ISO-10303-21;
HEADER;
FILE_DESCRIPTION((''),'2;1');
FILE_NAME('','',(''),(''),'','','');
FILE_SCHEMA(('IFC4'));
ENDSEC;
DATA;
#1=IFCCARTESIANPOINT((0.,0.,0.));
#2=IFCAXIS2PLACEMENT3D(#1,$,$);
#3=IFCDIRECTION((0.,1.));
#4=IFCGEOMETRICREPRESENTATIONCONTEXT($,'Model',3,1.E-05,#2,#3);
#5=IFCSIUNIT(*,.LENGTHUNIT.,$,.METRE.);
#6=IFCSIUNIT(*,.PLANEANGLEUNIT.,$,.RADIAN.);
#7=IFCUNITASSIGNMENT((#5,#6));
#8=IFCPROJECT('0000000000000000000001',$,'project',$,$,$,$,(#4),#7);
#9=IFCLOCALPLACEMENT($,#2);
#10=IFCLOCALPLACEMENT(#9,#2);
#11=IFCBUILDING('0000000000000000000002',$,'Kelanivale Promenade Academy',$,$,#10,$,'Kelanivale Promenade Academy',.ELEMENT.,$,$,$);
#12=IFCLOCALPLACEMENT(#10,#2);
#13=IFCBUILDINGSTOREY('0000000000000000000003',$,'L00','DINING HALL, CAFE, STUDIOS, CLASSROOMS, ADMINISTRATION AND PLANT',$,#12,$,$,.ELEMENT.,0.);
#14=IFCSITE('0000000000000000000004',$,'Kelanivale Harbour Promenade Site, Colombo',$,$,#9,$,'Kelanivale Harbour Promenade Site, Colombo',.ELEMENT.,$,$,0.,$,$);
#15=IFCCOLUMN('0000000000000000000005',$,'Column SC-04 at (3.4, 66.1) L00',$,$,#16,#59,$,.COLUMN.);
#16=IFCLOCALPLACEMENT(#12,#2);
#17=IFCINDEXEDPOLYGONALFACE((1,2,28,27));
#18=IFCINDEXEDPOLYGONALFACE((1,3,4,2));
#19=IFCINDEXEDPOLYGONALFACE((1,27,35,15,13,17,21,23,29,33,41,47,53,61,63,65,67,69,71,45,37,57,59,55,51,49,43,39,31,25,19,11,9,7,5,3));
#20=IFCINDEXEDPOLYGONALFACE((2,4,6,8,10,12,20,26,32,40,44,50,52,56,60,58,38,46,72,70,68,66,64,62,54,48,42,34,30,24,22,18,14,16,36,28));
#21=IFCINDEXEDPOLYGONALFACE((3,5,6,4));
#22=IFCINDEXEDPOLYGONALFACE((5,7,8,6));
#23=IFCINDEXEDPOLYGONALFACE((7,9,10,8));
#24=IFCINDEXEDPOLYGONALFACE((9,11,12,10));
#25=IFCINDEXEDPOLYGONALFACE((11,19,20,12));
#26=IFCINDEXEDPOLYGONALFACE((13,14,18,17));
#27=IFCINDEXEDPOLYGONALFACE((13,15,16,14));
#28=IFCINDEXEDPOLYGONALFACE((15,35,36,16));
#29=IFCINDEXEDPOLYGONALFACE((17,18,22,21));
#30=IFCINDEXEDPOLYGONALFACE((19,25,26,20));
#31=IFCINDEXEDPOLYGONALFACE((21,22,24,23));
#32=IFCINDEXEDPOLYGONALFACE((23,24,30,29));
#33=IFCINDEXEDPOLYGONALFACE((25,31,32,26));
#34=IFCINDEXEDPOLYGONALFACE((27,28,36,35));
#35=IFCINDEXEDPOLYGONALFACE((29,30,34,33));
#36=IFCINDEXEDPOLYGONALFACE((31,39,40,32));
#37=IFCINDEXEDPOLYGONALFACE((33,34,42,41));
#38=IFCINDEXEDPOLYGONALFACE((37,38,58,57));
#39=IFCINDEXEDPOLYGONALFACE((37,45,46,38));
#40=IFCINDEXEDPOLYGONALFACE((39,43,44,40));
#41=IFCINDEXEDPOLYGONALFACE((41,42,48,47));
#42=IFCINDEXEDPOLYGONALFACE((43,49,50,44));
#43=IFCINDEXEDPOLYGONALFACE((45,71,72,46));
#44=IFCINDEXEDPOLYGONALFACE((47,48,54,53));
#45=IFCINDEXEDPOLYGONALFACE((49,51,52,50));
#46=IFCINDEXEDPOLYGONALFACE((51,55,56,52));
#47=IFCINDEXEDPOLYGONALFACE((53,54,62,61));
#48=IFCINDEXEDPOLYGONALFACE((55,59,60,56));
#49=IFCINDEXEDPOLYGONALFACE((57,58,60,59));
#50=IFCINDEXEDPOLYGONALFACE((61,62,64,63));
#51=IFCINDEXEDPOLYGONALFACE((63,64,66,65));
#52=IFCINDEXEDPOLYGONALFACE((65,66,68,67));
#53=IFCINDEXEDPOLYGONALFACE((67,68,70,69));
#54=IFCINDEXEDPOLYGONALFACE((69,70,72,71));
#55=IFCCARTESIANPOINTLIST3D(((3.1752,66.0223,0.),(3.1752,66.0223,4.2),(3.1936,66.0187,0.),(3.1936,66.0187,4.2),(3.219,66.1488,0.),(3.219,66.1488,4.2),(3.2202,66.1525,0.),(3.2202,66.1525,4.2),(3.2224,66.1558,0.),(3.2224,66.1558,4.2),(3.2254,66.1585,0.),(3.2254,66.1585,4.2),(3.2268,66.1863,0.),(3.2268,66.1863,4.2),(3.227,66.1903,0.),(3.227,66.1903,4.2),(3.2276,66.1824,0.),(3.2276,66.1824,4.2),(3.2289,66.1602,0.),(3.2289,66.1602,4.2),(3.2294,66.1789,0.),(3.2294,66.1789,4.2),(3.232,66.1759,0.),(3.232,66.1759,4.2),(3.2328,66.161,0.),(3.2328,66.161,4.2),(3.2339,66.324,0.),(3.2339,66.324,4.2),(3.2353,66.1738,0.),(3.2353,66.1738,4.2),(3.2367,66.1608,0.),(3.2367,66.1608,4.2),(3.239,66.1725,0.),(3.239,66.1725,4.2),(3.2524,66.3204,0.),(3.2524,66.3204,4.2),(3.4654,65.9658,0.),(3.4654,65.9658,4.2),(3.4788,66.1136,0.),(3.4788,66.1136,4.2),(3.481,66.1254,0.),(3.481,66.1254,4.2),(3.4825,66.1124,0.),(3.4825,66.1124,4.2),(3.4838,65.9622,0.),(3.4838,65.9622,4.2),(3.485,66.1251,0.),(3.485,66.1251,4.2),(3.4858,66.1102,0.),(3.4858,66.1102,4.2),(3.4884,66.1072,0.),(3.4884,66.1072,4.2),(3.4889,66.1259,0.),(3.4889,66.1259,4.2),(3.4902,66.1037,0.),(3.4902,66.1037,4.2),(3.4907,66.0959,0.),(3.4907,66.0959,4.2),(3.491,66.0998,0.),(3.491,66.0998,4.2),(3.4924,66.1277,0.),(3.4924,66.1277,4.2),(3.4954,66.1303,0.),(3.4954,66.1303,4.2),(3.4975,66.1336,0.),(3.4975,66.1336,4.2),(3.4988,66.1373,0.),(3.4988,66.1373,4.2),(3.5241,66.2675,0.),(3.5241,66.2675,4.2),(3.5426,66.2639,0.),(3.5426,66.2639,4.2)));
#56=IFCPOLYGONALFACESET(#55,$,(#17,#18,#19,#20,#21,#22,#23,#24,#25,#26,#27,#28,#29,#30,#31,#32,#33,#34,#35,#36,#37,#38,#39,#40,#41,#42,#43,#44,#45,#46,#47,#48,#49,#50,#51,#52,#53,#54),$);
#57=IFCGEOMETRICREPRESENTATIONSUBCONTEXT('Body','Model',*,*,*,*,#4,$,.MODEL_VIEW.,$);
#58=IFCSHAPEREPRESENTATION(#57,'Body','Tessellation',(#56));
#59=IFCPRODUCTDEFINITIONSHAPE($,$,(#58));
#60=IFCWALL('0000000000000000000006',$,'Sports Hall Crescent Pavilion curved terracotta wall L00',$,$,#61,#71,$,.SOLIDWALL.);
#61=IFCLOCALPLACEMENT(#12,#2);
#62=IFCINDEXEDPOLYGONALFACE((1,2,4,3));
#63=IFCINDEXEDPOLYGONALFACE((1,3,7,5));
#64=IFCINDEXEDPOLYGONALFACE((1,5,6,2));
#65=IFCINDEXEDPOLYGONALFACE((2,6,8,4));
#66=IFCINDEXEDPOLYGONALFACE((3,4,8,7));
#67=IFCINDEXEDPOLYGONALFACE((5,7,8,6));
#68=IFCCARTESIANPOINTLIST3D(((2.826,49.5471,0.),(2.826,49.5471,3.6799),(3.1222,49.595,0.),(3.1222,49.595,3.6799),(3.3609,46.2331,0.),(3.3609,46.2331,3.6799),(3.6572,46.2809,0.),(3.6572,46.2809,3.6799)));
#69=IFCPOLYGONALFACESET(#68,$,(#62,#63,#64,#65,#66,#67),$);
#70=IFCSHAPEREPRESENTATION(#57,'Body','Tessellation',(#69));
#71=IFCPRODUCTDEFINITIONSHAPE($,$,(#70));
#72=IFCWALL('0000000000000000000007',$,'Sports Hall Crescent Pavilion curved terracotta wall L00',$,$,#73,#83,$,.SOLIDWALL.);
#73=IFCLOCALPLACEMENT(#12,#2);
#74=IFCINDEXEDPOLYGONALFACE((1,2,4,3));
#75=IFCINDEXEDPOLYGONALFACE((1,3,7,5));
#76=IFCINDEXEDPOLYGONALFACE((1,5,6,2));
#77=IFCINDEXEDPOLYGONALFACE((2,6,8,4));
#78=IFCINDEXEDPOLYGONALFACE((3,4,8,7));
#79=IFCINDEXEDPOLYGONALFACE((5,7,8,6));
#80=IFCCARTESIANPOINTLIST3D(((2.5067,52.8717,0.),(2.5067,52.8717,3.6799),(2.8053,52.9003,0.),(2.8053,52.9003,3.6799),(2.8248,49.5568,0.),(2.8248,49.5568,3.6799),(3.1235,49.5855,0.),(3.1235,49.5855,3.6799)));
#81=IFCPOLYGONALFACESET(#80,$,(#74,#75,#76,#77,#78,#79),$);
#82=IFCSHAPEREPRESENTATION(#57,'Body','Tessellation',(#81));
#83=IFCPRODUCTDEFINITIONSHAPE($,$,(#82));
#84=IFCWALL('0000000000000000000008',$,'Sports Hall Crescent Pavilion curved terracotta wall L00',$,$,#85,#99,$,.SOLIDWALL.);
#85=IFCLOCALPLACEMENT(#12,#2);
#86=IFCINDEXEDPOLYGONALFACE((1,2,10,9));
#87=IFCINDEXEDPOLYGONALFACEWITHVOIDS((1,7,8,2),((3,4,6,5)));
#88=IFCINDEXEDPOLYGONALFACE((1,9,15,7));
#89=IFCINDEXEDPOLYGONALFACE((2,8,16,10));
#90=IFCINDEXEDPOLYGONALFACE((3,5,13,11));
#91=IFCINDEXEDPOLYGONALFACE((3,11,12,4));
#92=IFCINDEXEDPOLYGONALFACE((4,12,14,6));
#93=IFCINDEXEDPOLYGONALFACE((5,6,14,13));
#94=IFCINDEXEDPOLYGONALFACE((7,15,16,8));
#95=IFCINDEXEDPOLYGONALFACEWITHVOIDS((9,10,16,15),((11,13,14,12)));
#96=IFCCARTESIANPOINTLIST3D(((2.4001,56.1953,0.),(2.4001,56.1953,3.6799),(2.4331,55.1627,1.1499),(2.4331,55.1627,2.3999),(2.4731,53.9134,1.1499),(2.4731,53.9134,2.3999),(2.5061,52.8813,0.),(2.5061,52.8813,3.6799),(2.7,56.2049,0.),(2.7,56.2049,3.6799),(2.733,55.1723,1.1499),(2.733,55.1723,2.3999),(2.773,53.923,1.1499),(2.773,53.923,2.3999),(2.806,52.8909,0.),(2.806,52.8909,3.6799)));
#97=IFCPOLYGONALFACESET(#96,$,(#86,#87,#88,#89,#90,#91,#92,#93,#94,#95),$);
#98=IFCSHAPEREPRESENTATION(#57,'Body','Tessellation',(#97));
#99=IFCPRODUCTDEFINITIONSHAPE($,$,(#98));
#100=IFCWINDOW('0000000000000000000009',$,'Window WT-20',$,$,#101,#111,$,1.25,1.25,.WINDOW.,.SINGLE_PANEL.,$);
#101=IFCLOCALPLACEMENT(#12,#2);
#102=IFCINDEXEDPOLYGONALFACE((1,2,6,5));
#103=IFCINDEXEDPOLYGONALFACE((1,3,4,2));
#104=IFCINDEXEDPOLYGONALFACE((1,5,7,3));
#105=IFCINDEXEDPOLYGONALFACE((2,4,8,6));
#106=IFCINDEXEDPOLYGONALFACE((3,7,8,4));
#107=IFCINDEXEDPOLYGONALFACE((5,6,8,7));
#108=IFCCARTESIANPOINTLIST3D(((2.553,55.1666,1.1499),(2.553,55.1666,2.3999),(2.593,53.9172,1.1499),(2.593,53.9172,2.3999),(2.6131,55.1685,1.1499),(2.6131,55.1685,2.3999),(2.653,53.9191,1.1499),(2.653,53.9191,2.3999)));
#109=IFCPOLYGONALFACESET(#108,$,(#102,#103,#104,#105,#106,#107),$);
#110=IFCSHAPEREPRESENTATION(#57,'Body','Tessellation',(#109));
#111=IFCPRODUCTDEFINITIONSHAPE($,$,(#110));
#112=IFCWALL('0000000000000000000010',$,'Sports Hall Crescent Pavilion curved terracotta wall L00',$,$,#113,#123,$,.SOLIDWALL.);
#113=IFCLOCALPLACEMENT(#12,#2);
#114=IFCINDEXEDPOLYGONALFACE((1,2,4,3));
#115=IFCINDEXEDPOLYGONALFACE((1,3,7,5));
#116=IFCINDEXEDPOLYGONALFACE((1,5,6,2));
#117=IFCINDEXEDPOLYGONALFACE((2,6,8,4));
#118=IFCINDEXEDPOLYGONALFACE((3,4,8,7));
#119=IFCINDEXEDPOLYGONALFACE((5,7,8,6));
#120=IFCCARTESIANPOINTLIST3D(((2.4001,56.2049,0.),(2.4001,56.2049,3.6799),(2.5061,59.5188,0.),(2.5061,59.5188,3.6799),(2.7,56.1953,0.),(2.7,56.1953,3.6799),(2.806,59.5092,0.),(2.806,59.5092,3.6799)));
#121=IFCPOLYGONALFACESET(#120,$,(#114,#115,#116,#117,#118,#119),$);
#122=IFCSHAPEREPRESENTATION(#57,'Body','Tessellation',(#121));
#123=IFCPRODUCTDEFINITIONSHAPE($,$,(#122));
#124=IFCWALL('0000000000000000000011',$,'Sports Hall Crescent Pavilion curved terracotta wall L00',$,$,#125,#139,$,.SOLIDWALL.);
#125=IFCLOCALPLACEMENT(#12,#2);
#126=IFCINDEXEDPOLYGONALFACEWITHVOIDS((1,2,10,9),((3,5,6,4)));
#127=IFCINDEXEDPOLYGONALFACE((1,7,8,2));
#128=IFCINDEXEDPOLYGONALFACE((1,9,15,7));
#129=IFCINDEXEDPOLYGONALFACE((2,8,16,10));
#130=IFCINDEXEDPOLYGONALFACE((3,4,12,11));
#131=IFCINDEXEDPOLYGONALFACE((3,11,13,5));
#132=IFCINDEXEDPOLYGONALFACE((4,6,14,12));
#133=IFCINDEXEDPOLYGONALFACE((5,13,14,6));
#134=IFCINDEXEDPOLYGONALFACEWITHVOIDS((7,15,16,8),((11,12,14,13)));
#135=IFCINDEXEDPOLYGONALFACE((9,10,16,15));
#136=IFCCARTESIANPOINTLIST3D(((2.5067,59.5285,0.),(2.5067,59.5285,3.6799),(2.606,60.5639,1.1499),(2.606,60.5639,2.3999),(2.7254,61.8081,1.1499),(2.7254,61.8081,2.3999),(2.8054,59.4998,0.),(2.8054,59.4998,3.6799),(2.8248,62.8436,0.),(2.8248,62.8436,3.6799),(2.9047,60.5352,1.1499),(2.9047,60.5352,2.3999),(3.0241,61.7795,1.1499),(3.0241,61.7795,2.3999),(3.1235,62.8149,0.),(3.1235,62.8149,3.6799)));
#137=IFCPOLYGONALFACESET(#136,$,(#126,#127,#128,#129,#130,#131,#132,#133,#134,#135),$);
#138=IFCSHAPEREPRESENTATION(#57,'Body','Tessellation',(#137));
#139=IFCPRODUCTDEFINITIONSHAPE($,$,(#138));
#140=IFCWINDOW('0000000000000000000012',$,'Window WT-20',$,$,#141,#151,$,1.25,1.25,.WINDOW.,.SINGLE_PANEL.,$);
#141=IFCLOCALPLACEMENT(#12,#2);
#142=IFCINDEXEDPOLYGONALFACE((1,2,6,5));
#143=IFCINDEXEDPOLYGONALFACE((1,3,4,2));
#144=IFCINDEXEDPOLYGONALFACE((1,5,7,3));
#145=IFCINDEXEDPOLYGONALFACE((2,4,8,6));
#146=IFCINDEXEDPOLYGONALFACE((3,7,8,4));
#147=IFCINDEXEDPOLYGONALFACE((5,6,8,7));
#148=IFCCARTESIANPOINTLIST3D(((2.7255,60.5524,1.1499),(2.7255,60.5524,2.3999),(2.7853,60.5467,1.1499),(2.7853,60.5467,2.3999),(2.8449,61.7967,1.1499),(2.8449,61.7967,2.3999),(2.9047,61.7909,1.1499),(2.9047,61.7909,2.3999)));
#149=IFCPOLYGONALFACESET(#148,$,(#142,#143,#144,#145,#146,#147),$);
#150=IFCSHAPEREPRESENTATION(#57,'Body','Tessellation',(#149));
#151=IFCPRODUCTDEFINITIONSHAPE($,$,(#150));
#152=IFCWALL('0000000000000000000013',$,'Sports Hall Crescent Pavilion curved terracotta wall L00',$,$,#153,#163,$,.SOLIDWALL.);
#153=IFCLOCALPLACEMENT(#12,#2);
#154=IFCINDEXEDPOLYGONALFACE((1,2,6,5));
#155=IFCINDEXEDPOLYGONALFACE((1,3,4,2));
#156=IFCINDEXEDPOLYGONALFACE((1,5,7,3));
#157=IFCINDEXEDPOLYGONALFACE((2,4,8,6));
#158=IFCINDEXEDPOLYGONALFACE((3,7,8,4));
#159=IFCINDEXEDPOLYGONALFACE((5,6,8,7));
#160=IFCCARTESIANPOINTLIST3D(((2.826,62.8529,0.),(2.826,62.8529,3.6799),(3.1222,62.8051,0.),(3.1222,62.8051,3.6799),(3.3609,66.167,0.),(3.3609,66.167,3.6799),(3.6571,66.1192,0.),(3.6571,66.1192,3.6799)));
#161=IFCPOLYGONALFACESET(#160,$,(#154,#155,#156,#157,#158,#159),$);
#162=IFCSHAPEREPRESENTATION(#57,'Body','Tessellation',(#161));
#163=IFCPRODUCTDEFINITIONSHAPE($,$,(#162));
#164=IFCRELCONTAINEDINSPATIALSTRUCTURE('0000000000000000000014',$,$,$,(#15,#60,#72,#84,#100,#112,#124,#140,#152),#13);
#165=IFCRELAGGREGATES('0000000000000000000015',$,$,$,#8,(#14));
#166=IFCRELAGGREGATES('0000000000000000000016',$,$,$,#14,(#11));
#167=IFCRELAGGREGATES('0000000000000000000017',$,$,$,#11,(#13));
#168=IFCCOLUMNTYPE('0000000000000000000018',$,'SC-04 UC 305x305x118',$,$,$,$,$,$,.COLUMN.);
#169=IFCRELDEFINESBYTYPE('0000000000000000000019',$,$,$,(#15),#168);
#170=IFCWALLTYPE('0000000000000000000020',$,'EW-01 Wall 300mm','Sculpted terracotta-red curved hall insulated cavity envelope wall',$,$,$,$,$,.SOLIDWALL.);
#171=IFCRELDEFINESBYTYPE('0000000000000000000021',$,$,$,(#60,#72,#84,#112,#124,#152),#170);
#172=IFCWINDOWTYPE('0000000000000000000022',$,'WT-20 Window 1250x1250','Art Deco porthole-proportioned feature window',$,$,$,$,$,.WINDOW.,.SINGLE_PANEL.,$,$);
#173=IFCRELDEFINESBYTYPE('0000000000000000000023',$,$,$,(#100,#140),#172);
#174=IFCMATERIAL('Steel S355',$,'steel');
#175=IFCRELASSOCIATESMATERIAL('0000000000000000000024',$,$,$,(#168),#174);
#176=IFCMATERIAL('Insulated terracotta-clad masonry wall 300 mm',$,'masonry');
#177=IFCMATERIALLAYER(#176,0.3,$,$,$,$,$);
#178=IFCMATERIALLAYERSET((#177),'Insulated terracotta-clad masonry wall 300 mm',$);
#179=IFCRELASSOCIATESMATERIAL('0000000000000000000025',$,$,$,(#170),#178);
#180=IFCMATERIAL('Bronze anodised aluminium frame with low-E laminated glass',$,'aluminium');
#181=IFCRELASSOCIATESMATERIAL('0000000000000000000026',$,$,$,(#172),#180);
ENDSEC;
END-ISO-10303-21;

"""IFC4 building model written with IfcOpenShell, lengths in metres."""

from ifc_helpers import new_model, si_unit, direction, frame, frame_2d, origin, origin_2d, place, context, subcontext, project, spatial, rectangle, i_section, extrude, material, layer, layer_set, material_profile, profile_set, type_object, element, fill, save


model = new_model("IFC4")

# Units and contexts
model_context = context("Model", 3, precision=1e-05, world=origin(), true_north=direction((0.0, 1.0)))
body_context = subcontext(model_context, "Body", "Model", "MODEL_VIEW")
ifc_project = project(units=[si_unit("LENGTHUNIT", "METRE"), si_unit("PLANEANGLEUNIT", "RADIAN")], contexts=[model_context])

# Site, building, storey
site_placement = place(None, origin())
site = spatial("IfcSite", under=ifc_project, at=site_placement, Name="Kelanivale Harbour Promenade Site, Colombo", LongName="Kelanivale Harbour Promenade Site, Colombo", CompositionType="ELEMENT", RefElevation=0.0)
building_placement = place(site_placement, origin())
building = spatial("IfcBuilding", under=site, at=building_placement, Name="Kelanivale Promenade Academy", LongName="Kelanivale Promenade Academy", CompositionType="ELEMENT")
storey_placement = place(building_placement, origin())
storey = spatial("IfcBuildingStorey", under=building, at=storey_placement, Name="L00", Description="DINING HALL, CAFE, STUDIOS, CLASSROOMS, ADMINISTRATION AND PLANT", CompositionType="ELEMENT", Elevation=0.0)

# Column
ifc_material_1 = material(Name="Steel S355", Category="steel")
ifc_material_profile_1 = material_profile(ifc_material_1, i_section(OverallWidth=0.3074, OverallDepth=0.3145, WebThickness=0.012, FlangeThickness=0.0188, FilletRadius=0.0151, at=origin_2d()), Name="UC 305x305x118")
ifc_profile_set_1 = profile_set([ifc_material_profile_1], Name="Steel S355")
column_type_1 = type_object("IfcColumnType", Name="SC-04 UC 305x305x118", PredefinedType="COLUMN", material=ifc_profile_set_1)
for number, where, z_axis, x_axis, name in (
    (1, (3.3589, 66.1431, 0.0), (0.0, 0.0, 1.0), (0.191152, 0.981561, 0.0), "Column SC-04 at (3.4, 66.1) L00"),
):
    element("IfcColumn", number, at=place(storey_placement, frame(where, z_axis=z_axis, x_axis=x_axis)), inside=storey, type_object=column_type_1, Name=name, PredefinedType="COLUMN", context=body_context, shape_type="SweptSolid", body=[
        extrude(i_section(OverallWidth=0.3074, OverallDepth=0.3145, WebThickness=0.012, FlangeThickness=0.0188, FilletRadius=0.0151, at=origin_2d()), origin(), (0.0, 0.0, 1.0), 4.2),
    ])

# Walls
ifc_material_2 = material(Name="Insulated terracotta-clad masonry wall 300 mm", Category="masonry")
ifc_layer = layer(ifc_material_2, 0.3)
ifc_layer_set = layer_set([ifc_layer], Name="Insulated terracotta-clad masonry wall 300 mm")
wall_type = type_object("IfcWallType", Name="EW-01 Wall 300mm", Description="Sculpted terracotta-red curved hall insulated cavity envelope wall", PredefinedType="SOLIDWALL", material=ifc_layer_set)
wall_1_placement = place(storey_placement, frame((2.9741, 49.571, 0.0), z_axis=(0.0, 0.0, 1.0), x_axis=(0.159349, -0.987222, 0.0)))
element("IfcWall", 2, at=wall_1_placement, inside=storey, type_object=wall_type, Name="Sports Hall Crescent Pavilion curved terracotta wall L00", PredefinedType="SOLIDWALL", context=body_context, shape_type="SweptSolid", body=[
    extrude(rectangle(XDim=3.3569, YDim=0.3, at=frame_2d((1.6785, 0.0))), origin(), (0.0, 0.0, 1.0), 3.6799),
])
wall_2_placement = place(storey_placement, frame((2.656, 52.886, 0.0), z_axis=(0.0, 0.0, 1.0), x_axis=(0.095525, -0.995427, 0.0)))
element("IfcWall", 3, at=wall_2_placement, inside=storey, type_object=wall_type, Name="Sports Hall Crescent Pavilion curved terracotta wall L00", PredefinedType="SOLIDWALL", context=body_context, shape_type="SweptSolid", body=[
    extrude(rectangle(XDim=3.3301, YDim=0.3, at=frame_2d((1.665, 0.0))), origin(), (0.0, 0.0, 1.0), 3.6799),
])

# Wall, opening, window
wall_3_placement = place(storey_placement, frame((2.55, 56.2, 0.0), z_axis=(0.0, 0.0, 1.0), x_axis=(0.031957, -0.999489, 0.0)))
wall_3 = element("IfcWall", 4, at=wall_3_placement, inside=storey, type_object=wall_type, Name="Sports Hall Crescent Pavilion curved terracotta wall L00", PredefinedType="SOLIDWALL", context=body_context, shape_type="SweptSolid", body=[
    extrude(rectangle(XDim=3.3157, YDim=0.3, at=frame_2d((1.6577, 0.0))), origin(), (0.0, 0.0, 1.0), 3.6799),
])
opening_1_placement = place(wall_3_placement, frame((1.033, 0.0, 1.1499)))
opening_1 = element("IfcOpeningElement", 5, at=opening_1_placement, cuts=wall_3, PredefinedType="OPENING", context=body_context, shape_type="SweptSolid", body=[
    extrude(rectangle(XDim=1.25, YDim=1.25, at=frame_2d((0.625, 0.625))), frame((0.0, 0.1602, 0.0), z_axis=(0.0, -1.0, 0.0), x_axis=(1.0, 0.0, 0.0)), (0.0, 0.0, 1.0), 0.3201),
])
ifc_material_3 = material(Name="Bronze anodised aluminium frame with low-E laminated glass", Category="aluminium")
window_type = type_object("IfcWindowType", Name="WT-20 Window 1250x1250", Description="Art Deco porthole-proportioned feature window", PartitioningType="SINGLE_PANEL", PredefinedType="WINDOW", material=ifc_material_3)
window_1_placement = place(opening_1_placement, origin())
window_1 = element("IfcWindow", 6, at=window_1_placement, inside=storey, type_object=window_type, Name="Window WT-20", OverallHeight=1.25, OverallWidth=1.25, PartitioningType="SINGLE_PANEL", PredefinedType="WINDOW", context=body_context, shape_type="SweptSolid", body=[
    extrude(rectangle(XDim=1.25, YDim=1.25, at=frame_2d((0.625, 0.625))), frame((0.0, 0.03, 0.0), z_axis=(0.0, -1.0, 0.0), x_axis=(1.0, 0.0, 0.0)), (0.0, 0.0, 1.0), 0.0601),
])
fill(opening_1, window_1)

# Wall
wall_4_placement = place(storey_placement, frame((2.656, 59.5139, 0.0), z_axis=(0.0, 0.0, 1.0), x_axis=(-0.031957, -0.999489, 0.0)))
element("IfcWall", 7, at=wall_4_placement, inside=storey, type_object=wall_type, Name="Sports Hall Crescent Pavilion curved terracotta wall L00", PredefinedType="SOLIDWALL", context=body_context, shape_type="SweptSolid", body=[
    extrude(rectangle(XDim=3.3157, YDim=0.3, at=frame_2d((1.6577, 0.0))), origin(), (0.0, 0.0, 1.0), 3.6799),
])

# Wall, opening, window
wall_5_placement = place(storey_placement, frame((2.9741, 62.8291, 0.0), z_axis=(0.0, 0.0, 1.0), x_axis=(-0.095518, -0.995428, 0.0)))
wall_5 = element("IfcWall", 8, at=wall_5_placement, inside=storey, type_object=wall_type, Name="Sports Hall Crescent Pavilion curved terracotta wall L00", PredefinedType="SOLIDWALL", context=body_context, shape_type="SweptSolid", body=[
    extrude(rectangle(XDim=3.3303, YDim=0.3, at=frame_2d((1.665, 0.0))), origin(), (0.0, 0.0, 1.0), 3.6799),
])
opening_2_placement = place(wall_5_placement, frame((1.04, 0.0, 1.1499)))
opening_2 = element("IfcOpeningElement", 9, at=opening_2_placement, cuts=wall_5, PredefinedType="OPENING", context=body_context, shape_type="SweptSolid", body=[
    extrude(rectangle(XDim=1.25, YDim=1.25, at=frame_2d((0.625, 0.625))), frame((0.0, 0.1602, 0.0), z_axis=(0.0, -1.0, 0.0), x_axis=(1.0, 0.0, 0.0)), (0.0, 0.0, 1.0), 0.3201),
])
window_2_placement = place(opening_2_placement, origin())
window_2 = element("IfcWindow", 10, at=window_2_placement, inside=storey, type_object=window_type, Name="Window WT-20", OverallHeight=1.25, OverallWidth=1.25, PartitioningType="SINGLE_PANEL", PredefinedType="WINDOW", context=body_context, shape_type="SweptSolid", body=[
    extrude(rectangle(XDim=1.25, YDim=1.25, at=frame_2d((0.625, 0.625))), frame((0.0, 0.03, 0.0), z_axis=(0.0, -1.0, 0.0), x_axis=(1.0, 0.0, 0.0)), (0.0, 0.0, 1.0), 0.0601),
])
fill(opening_2, window_2)

# Wall
wall_6_placement = place(storey_placement, frame((3.509, 66.1431, 0.0), z_axis=(0.0, 0.0, 1.0), x_axis=(-0.159349, -0.987222, 0.0)))
element("IfcWall", 11, at=wall_6_placement, inside=storey, type_object=wall_type, Name="Sports Hall Crescent Pavilion curved terracotta wall L00", PredefinedType="SOLIDWALL", context=body_context, shape_type="SweptSolid", body=[
    extrude(rectangle(XDim=3.3569, YDim=0.3, at=frame_2d((1.6785, 0.0))), origin(), (0.0, 0.0, 1.0), 3.6799),
])

save(model, "model.ifc")
